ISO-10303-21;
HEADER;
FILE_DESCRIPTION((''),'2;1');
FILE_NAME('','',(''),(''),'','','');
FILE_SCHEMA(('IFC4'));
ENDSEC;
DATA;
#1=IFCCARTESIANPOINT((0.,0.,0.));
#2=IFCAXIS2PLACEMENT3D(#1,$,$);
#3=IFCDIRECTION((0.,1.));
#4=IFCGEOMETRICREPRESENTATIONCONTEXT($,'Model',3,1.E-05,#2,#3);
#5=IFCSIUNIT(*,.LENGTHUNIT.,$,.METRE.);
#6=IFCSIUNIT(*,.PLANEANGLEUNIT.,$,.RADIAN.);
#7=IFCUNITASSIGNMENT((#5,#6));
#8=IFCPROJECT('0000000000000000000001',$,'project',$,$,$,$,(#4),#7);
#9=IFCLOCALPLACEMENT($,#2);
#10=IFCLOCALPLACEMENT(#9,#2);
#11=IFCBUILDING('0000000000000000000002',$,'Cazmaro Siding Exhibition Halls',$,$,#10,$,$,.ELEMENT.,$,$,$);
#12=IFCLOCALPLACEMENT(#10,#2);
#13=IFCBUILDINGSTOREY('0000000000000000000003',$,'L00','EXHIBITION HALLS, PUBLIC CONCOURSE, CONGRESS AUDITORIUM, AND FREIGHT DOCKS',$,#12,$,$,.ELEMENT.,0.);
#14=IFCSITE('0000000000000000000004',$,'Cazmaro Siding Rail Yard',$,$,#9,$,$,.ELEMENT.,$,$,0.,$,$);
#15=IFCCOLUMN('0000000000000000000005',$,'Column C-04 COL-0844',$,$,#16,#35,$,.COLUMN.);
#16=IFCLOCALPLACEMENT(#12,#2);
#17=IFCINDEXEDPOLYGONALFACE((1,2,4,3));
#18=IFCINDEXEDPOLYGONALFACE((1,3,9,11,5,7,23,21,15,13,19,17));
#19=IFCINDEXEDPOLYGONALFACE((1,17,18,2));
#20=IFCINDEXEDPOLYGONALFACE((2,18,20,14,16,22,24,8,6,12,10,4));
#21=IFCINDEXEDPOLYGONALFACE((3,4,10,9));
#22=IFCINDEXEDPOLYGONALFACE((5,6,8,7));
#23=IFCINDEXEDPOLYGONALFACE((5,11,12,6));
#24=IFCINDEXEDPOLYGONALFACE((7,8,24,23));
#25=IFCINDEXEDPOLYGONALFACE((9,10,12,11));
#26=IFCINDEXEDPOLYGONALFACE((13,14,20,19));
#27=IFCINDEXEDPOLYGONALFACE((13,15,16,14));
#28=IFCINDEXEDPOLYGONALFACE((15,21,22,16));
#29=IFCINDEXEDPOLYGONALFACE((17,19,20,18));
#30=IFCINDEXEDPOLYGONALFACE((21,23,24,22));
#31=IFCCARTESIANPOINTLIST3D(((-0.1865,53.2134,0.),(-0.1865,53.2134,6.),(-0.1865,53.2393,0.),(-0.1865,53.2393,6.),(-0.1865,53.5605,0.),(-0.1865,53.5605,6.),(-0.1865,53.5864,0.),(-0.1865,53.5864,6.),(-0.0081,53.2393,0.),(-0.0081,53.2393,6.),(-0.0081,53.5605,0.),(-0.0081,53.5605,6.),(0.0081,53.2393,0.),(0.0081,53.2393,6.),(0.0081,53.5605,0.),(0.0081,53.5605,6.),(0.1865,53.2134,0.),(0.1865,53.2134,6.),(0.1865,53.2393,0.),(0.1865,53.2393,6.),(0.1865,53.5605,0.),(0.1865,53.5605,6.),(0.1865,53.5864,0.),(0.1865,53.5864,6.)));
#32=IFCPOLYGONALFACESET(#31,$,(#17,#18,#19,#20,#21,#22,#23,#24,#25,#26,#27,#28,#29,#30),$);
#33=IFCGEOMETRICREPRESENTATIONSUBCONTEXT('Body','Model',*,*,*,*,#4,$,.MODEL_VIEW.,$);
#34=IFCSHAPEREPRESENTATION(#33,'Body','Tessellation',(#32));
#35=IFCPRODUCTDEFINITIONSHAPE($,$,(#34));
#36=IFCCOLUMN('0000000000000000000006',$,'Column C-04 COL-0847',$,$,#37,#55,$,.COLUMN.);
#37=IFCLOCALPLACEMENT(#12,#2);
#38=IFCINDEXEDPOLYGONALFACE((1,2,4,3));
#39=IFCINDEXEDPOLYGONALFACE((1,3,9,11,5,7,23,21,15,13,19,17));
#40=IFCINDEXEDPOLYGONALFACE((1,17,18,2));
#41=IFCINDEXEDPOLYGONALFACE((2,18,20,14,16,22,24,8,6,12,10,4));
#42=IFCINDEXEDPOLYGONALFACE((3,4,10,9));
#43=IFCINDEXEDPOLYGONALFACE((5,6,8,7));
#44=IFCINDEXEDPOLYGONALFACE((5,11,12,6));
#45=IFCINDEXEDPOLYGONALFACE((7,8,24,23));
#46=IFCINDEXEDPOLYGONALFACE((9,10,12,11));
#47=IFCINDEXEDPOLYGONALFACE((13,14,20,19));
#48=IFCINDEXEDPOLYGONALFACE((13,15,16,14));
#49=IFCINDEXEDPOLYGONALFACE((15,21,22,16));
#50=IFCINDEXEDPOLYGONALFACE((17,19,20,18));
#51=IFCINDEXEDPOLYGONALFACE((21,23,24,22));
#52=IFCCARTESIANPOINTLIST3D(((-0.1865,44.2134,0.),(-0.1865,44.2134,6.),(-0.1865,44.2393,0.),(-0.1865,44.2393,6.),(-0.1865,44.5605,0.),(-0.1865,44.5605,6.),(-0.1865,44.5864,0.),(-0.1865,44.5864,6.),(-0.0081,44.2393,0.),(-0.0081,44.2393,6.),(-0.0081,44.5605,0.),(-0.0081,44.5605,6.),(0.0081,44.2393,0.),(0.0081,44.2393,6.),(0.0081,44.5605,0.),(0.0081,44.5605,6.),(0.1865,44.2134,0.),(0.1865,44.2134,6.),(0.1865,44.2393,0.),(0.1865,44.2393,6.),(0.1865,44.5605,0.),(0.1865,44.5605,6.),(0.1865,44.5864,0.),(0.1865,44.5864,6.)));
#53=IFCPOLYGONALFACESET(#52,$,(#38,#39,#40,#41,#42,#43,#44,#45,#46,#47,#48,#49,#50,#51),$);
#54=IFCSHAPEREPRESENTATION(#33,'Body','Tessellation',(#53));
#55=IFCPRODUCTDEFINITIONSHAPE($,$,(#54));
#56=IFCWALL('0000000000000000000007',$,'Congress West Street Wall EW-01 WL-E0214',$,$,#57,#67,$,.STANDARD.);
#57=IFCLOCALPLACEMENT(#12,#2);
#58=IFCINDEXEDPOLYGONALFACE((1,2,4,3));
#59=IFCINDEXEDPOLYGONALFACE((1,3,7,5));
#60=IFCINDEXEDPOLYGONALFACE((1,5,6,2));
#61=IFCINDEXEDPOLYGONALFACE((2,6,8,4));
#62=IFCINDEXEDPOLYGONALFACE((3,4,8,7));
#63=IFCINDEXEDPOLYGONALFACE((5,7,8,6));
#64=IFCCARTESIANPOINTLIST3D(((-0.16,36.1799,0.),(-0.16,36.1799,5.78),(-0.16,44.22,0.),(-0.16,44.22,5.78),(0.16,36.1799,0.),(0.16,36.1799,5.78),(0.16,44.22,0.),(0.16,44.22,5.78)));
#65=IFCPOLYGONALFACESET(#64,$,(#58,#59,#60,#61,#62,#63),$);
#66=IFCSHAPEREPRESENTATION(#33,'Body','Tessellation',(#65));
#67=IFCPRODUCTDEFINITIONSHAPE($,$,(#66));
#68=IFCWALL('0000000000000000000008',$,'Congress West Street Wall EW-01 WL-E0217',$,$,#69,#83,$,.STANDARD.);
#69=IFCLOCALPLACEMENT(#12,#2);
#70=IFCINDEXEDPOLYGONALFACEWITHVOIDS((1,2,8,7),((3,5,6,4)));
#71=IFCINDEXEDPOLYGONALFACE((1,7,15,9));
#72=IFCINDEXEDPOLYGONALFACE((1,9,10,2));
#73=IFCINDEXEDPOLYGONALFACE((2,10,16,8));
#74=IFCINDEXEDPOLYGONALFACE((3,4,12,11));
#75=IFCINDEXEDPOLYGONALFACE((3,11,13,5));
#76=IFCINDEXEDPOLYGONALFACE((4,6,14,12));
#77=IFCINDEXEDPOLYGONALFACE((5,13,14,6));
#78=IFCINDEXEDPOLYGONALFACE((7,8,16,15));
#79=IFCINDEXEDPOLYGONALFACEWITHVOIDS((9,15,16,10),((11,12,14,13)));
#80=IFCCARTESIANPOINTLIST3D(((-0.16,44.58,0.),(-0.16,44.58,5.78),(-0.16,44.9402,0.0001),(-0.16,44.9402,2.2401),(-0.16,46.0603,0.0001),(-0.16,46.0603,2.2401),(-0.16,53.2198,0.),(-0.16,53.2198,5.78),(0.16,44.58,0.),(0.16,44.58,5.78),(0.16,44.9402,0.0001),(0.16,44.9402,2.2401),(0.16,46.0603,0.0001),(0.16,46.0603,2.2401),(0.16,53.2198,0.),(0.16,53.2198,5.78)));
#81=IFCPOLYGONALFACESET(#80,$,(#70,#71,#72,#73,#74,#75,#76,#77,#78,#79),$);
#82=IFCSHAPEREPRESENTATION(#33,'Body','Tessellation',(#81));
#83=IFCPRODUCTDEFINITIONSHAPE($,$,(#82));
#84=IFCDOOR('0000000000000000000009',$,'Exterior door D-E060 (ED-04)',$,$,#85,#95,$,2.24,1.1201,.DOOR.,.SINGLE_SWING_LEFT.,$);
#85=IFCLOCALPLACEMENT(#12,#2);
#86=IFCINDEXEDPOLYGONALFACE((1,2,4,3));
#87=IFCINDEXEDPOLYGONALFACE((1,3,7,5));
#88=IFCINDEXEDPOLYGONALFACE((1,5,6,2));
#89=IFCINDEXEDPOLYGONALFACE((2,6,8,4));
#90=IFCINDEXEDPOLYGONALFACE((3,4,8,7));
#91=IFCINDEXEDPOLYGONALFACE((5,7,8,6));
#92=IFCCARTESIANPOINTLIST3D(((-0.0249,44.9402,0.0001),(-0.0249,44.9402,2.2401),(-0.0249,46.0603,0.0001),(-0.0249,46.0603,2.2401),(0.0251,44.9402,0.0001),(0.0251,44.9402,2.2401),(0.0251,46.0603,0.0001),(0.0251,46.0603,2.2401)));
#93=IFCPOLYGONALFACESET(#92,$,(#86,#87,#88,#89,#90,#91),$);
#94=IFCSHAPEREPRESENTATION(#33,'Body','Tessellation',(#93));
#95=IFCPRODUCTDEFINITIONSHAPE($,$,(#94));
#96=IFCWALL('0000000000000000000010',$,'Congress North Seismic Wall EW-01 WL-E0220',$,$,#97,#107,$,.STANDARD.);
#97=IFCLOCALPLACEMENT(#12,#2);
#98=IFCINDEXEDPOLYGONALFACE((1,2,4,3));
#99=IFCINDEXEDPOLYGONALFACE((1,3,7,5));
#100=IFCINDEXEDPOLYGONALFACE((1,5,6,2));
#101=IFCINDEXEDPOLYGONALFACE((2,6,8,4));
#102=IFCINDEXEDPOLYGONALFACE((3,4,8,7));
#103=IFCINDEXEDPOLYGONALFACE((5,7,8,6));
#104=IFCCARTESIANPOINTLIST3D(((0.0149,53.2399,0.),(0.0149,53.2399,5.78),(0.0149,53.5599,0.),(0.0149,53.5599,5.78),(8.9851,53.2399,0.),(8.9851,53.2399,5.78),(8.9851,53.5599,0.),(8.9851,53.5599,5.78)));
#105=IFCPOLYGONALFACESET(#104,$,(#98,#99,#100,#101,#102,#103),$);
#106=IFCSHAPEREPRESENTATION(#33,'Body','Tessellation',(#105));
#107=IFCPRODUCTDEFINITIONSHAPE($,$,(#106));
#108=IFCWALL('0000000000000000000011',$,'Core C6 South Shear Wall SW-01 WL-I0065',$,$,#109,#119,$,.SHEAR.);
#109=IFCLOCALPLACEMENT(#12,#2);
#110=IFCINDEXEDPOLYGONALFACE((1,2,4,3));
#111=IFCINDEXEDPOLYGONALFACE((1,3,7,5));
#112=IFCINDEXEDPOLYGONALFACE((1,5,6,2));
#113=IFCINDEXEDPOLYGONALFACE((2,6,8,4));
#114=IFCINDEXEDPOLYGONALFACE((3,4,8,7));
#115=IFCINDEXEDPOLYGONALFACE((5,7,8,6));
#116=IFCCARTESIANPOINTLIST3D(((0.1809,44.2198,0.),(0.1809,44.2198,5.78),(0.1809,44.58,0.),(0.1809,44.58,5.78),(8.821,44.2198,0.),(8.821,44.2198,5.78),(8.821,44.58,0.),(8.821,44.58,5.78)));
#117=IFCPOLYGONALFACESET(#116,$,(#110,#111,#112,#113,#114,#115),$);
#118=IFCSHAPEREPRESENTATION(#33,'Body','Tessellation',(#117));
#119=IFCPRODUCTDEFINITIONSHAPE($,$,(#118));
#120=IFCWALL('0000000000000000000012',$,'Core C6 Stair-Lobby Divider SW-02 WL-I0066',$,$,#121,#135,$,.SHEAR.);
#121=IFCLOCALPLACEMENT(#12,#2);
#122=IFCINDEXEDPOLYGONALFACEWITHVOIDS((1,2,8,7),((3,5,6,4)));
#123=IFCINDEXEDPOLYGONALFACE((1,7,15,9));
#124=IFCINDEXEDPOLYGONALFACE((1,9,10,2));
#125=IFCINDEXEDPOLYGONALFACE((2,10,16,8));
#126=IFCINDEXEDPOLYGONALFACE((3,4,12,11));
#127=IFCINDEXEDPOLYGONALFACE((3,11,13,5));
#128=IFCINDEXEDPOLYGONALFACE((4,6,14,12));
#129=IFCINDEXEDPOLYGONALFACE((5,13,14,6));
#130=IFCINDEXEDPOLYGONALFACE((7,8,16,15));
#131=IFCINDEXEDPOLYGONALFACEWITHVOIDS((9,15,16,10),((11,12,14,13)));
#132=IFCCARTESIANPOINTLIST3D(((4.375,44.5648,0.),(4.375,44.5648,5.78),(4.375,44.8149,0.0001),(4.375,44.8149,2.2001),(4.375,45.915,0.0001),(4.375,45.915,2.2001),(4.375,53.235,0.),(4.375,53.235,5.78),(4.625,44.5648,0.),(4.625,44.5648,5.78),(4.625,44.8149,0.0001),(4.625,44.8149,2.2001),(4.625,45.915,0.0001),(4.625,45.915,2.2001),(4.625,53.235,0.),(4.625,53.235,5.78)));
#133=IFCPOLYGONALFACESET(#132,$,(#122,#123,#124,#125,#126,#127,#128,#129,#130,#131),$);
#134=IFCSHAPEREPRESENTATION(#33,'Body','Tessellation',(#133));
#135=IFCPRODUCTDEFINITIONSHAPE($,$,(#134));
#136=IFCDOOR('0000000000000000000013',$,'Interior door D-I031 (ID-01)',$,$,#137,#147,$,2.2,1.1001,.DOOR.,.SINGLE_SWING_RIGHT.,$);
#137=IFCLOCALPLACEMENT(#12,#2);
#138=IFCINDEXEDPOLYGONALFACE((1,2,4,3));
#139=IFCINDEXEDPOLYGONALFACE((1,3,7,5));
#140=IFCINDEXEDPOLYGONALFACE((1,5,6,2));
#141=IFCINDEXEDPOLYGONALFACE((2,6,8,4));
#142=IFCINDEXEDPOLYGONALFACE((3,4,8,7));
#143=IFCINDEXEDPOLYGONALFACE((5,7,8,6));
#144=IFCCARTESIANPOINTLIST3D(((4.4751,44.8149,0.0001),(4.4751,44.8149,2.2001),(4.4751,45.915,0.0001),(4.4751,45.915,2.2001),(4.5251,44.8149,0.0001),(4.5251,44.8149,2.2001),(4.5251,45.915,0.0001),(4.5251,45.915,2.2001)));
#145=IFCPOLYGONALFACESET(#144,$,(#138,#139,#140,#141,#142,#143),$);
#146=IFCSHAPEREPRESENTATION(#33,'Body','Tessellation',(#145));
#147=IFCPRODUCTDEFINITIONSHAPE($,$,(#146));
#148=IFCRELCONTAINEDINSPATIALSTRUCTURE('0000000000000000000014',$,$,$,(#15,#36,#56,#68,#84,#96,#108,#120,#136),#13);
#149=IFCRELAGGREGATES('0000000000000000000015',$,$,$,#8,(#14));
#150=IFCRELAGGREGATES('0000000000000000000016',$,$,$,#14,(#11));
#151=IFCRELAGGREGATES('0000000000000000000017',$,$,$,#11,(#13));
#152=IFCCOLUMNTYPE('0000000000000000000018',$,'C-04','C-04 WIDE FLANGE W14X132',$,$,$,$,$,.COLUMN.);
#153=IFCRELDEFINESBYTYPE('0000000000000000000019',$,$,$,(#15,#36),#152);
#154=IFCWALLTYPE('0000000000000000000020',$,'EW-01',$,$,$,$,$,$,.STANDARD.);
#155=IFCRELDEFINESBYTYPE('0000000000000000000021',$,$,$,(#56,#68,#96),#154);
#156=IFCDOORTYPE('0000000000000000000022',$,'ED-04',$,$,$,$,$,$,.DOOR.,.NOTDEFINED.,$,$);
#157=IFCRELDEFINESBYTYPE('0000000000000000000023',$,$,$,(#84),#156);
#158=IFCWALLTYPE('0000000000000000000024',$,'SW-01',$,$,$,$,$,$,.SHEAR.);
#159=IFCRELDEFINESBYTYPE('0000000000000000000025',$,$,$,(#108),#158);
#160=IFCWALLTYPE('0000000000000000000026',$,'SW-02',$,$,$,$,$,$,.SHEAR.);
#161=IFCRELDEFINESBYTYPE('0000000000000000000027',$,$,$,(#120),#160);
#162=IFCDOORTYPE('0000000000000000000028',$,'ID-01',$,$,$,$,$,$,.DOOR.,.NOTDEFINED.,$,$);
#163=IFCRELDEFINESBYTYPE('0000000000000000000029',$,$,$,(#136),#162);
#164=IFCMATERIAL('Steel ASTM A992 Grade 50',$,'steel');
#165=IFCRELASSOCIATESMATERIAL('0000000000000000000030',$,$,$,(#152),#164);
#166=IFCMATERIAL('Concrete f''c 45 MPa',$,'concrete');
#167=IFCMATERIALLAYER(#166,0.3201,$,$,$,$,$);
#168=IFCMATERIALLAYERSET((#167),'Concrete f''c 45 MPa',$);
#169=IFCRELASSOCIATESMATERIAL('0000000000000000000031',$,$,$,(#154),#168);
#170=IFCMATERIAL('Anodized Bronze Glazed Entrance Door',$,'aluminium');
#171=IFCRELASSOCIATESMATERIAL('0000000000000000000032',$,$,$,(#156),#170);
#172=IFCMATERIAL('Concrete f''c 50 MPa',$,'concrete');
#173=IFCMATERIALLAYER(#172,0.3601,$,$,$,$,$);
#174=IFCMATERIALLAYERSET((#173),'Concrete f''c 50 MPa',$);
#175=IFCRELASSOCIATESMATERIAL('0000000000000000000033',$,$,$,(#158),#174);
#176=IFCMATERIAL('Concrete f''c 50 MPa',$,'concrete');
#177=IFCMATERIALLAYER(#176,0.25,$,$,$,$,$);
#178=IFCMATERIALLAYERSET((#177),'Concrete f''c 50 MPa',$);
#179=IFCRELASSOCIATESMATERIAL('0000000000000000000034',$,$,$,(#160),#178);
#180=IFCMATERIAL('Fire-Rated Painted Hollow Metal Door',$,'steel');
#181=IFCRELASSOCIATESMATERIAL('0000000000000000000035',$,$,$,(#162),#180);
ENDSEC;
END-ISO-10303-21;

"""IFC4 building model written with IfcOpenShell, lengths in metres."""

from ifc_helpers import new_model, si_unit, direction, frame, frame_2d, origin, origin_2d, place, context, subcontext, project, spatial, rectangle, i_section, extrude, material, layer, layer_set, material_profile, profile_set, type_object, element, fill, save


model = new_model("IFC4")

# Units and contexts
model_context = context("Model", 3, precision=1e-05, world=origin(), true_north=direction((0.0, 1.0)))
body_context = subcontext(model_context, "Body", "Model", "MODEL_VIEW")
ifc_project = project(units=[si_unit("LENGTHUNIT", "METRE"), si_unit("PLANEANGLEUNIT", "RADIAN")], contexts=[model_context])

# Site, building, storey
site_placement = place(None, origin())
site = spatial("IfcSite", under=ifc_project, at=site_placement, Name="Cazmaro Siding Rail Yard", CompositionType="ELEMENT", RefElevation=0.0)
building_placement = place(site_placement, origin())
building = spatial("IfcBuilding", under=site, at=building_placement, Name="Cazmaro Siding Exhibition Halls", CompositionType="ELEMENT")
storey_placement = place(building_placement, origin())
storey = spatial("IfcBuildingStorey", under=building, at=storey_placement, Name="L00", Description="EXHIBITION HALLS, PUBLIC CONCOURSE, CONGRESS AUDITORIUM, AND FREIGHT DOCKS", CompositionType="ELEMENT", Elevation=0.0)

# Columns
ifc_material_1 = material(Name="Steel ASTM A992 Grade 50", Category="steel")
ifc_material_profile_1 = material_profile(ifc_material_1, i_section(OverallWidth=0.373, OverallDepth=0.373, WebThickness=0.0161, FlangeThickness=0.0259, at=origin_2d()), Name="W14X132")
ifc_profile_set_1 = profile_set([ifc_material_profile_1], Name="Steel ASTM A992 Grade 50")
column_type = type_object("IfcColumnType", Name="C-04", Description="C-04 WIDE FLANGE W14X132", PredefinedType="COLUMN", material=ifc_profile_set_1)
for number, where, z_axis, x_axis, name in (
    (1, (0.0, 53.3999, 0.0), (0.0, 0.0, 1.0), (1.0, 0.0, 0.0), "Column C-04 COL-0844"),
    (2, (0.0, 44.3999, 0.0), (0.0, 0.0, 1.0), (1.0, 0.0, 0.0), "Column C-04 COL-0847"),
):
    element("IfcColumn", number, at=place(storey_placement, frame(where, z_axis=z_axis, x_axis=x_axis)), inside=storey, type_object=column_type, Name=name, PredefinedType="COLUMN", context=body_context, shape_type="SweptSolid", body=[
        extrude(i_section(OverallWidth=0.373, OverallDepth=0.373, WebThickness=0.0161, FlangeThickness=0.0259, at=origin_2d()), origin(), (0.0, 0.0, 1.0), 6.0),
    ])

# Wall
ifc_material_2 = material(Name="Concrete f'c 45 MPa", Category="concrete")
ifc_layer_1 = layer(ifc_material_2, 0.3201)
ifc_layer_set_1 = layer_set([ifc_layer_1], Name="Concrete f'c 45 MPa")
wall_type_1 = type_object("IfcWallType", Name="EW-01", PredefinedType="STANDARD", material=ifc_layer_set_1)
wall_1_placement = place(storey_placement, frame((0.0, 36.1799, 0.0), z_axis=(0.0, 0.0, 1.0), x_axis=(0.0, 1.0, 0.0)))
element("IfcWall", 3, at=wall_1_placement, inside=storey, type_object=wall_type_1, Name="Congress West Street Wall EW-01 WL-E0214", PredefinedType="STANDARD", context=body_context, shape_type="SweptSolid", body=[
    extrude(rectangle(XDim=8.04, YDim=0.3201, at=frame_2d((4.02, 0.0))), origin(), (0.0, 0.0, 1.0), 5.78),
])

# Wall, opening, door
wall_2_placement = place(storey_placement, frame((0.0, 44.5801, 0.0), z_axis=(0.0, 0.0, 1.0), x_axis=(0.0, 1.0, 0.0)))
wall_2 = element("IfcWall", 4, at=wall_2_placement, inside=storey, type_object=wall_type_1, Name="Congress West Street Wall EW-01 WL-E0217", PredefinedType="STANDARD", context=body_context, shape_type="SweptSolid", body=[
    extrude(rectangle(XDim=8.6399, YDim=0.3201, at=frame_2d((4.3198, 0.0))), origin(), (0.0, 0.0, 1.0), 5.78),
])
opening_1_placement = place(wall_2_placement, frame((0.3601, 0.0, 0.0)))
opening_1 = element("IfcOpeningElement", 5, at=opening_1_placement, cuts=wall_2, PredefinedType="OPENING", context=body_context, shape_type="SweptSolid", body=[
    extrude(rectangle(XDim=1.1201, YDim=2.24, at=frame_2d((0.5601, 1.1201))), frame((0.0, 0.1699, 0.0), z_axis=(0.0, -1.0, 0.0), x_axis=(1.0, 0.0, 0.0)), (0.0, 0.0, 1.0), 0.3401),
])
ifc_material_3 = material(Name="Anodized Bronze Glazed Entrance Door", Category="aluminium")
door_type_1 = type_object("IfcDoorType", Name="ED-04", OperationType="NOTDEFINED", PredefinedType="DOOR", material=ifc_material_3)
door_1_placement = place(opening_1_placement, origin())
door_1 = element("IfcDoor", 6, at=door_1_placement, inside=storey, type_object=door_type_1, Name="Exterior door D-E060 (ED-04)", OperationType="SINGLE_SWING_LEFT", OverallHeight=2.24, OverallWidth=1.1201, PredefinedType="DOOR", context=body_context, shape_type="SweptSolid", body=[
    extrude(rectangle(XDim=1.1201, YDim=2.24, at=frame_2d((0.5601, 1.1201))), frame((0.0, 0.0249, 0.0), z_axis=(0.0, -1.0, 0.0), x_axis=(1.0, 0.0, 0.0)), (0.0, 0.0, 1.0), 0.05),
])
fill(opening_1, door_1)

# Walls
wall_3_placement = place(storey_placement, frame((0.0149, 53.3999, 0.0), z_axis=(0.0, 0.0, 1.0), x_axis=(1.0, 0.0, 0.0)))
element("IfcWall", 7, at=wall_3_placement, inside=storey, type_object=wall_type_1, Name="Congress North Seismic Wall EW-01 WL-E0220", PredefinedType="STANDARD", context=body_context, shape_type="SweptSolid", body=[
    extrude(rectangle(XDim=8.9702, YDim=0.3201, at=frame_2d((4.4851, 0.0))), origin(), (0.0, 0.0, 1.0), 5.78),
])
ifc_material_4 = material(Name="Concrete f'c 50 MPa", Category="concrete")
ifc_layer_2 = layer(ifc_material_4, 0.3601)
ifc_layer_set_2 = layer_set([ifc_layer_2], Name="Concrete f'c 50 MPa")
wall_type_2 = type_object("IfcWallType", Name="SW-01", PredefinedType="SHEAR", material=ifc_layer_set_2)
wall_4_placement = place(storey_placement, frame((0.1809, 44.3999, 0.0), z_axis=(0.0, 0.0, 1.0), x_axis=(1.0, 0.0, 0.0)))
element("IfcWall", 8, at=wall_4_placement, inside=storey, type_object=wall_type_2, Name="Core C6 South Shear Wall SW-01 WL-I0065", PredefinedType="SHEAR", context=body_context, shape_type="SweptSolid", body=[
    extrude(rectangle(XDim=8.6401, YDim=0.3601, at=frame_2d((4.3201, 0.0))), origin(), (0.0, 0.0, 1.0), 5.78),
])

# Wall, opening, door
ifc_material_5 = material(Name="Concrete f'c 50 MPa", Category="concrete")
ifc_layer_3 = layer(ifc_material_5, 0.25)
ifc_layer_set_3 = layer_set([ifc_layer_3], Name="Concrete f'c 50 MPa")
wall_type_3 = type_object("IfcWallType", Name="SW-02", PredefinedType="SHEAR", material=ifc_layer_set_3)
wall_5_placement = place(storey_placement, frame((4.5, 44.5649, 0.0), z_axis=(0.0, 0.0, 1.0), x_axis=(0.0, 1.0, 0.0)))
wall_5 = element("IfcWall", 9, at=wall_5_placement, inside=storey, type_object=wall_type_3, Name="Core C6 Stair-Lobby Divider SW-02 WL-I0066", PredefinedType="SHEAR", context=body_context, shape_type="SweptSolid", body=[
    extrude(rectangle(XDim=8.6702, YDim=0.25, at=frame_2d((4.335, 0.0))), origin(), (0.0, 0.0, 1.0), 5.78),
])
opening_2_placement = place(wall_5_placement, frame((0.25, 0.0, 0.0)))
opening_2 = element("IfcOpeningElement", 10, at=opening_2_placement, cuts=wall_5, PredefinedType="OPENING", context=body_context, shape_type="SweptSolid", body=[
    extrude(rectangle(XDim=1.1001, YDim=2.2, at=frame_2d((0.55, 1.1001))), frame((0.0, 0.135, 0.0), z_axis=(0.0, -1.0, 0.0), x_axis=(1.0, 0.0, 0.0)), (0.0, 0.0, 1.0), 0.27),
])
ifc_material_6 = material(Name="Fire-Rated Painted Hollow Metal Door", Category="steel")
door_type_2 = type_object("IfcDoorType", Name="ID-01", OperationType="NOTDEFINED", PredefinedType="DOOR", material=ifc_material_6)
door_2_placement = place(opening_2_placement, origin())
door_2 = element("IfcDoor", 11, at=door_2_placement, inside=storey, type_object=door_type_2, Name="Interior door D-I031 (ID-01)", OperationType="SINGLE_SWING_RIGHT", OverallHeight=2.2, OverallWidth=1.1001, PredefinedType="DOOR", context=body_context, shape_type="SweptSolid", body=[
    extrude(rectangle(XDim=1.1001, YDim=2.2, at=frame_2d((0.55, 1.1001))), frame((0.0, 0.0249, 0.0), z_axis=(0.0, -1.0, 0.0), x_axis=(1.0, 0.0, 0.0)), (0.0, 0.0, 1.0), 0.05),
])
fill(opening_2, door_2)

save(model, "model.ifc")
